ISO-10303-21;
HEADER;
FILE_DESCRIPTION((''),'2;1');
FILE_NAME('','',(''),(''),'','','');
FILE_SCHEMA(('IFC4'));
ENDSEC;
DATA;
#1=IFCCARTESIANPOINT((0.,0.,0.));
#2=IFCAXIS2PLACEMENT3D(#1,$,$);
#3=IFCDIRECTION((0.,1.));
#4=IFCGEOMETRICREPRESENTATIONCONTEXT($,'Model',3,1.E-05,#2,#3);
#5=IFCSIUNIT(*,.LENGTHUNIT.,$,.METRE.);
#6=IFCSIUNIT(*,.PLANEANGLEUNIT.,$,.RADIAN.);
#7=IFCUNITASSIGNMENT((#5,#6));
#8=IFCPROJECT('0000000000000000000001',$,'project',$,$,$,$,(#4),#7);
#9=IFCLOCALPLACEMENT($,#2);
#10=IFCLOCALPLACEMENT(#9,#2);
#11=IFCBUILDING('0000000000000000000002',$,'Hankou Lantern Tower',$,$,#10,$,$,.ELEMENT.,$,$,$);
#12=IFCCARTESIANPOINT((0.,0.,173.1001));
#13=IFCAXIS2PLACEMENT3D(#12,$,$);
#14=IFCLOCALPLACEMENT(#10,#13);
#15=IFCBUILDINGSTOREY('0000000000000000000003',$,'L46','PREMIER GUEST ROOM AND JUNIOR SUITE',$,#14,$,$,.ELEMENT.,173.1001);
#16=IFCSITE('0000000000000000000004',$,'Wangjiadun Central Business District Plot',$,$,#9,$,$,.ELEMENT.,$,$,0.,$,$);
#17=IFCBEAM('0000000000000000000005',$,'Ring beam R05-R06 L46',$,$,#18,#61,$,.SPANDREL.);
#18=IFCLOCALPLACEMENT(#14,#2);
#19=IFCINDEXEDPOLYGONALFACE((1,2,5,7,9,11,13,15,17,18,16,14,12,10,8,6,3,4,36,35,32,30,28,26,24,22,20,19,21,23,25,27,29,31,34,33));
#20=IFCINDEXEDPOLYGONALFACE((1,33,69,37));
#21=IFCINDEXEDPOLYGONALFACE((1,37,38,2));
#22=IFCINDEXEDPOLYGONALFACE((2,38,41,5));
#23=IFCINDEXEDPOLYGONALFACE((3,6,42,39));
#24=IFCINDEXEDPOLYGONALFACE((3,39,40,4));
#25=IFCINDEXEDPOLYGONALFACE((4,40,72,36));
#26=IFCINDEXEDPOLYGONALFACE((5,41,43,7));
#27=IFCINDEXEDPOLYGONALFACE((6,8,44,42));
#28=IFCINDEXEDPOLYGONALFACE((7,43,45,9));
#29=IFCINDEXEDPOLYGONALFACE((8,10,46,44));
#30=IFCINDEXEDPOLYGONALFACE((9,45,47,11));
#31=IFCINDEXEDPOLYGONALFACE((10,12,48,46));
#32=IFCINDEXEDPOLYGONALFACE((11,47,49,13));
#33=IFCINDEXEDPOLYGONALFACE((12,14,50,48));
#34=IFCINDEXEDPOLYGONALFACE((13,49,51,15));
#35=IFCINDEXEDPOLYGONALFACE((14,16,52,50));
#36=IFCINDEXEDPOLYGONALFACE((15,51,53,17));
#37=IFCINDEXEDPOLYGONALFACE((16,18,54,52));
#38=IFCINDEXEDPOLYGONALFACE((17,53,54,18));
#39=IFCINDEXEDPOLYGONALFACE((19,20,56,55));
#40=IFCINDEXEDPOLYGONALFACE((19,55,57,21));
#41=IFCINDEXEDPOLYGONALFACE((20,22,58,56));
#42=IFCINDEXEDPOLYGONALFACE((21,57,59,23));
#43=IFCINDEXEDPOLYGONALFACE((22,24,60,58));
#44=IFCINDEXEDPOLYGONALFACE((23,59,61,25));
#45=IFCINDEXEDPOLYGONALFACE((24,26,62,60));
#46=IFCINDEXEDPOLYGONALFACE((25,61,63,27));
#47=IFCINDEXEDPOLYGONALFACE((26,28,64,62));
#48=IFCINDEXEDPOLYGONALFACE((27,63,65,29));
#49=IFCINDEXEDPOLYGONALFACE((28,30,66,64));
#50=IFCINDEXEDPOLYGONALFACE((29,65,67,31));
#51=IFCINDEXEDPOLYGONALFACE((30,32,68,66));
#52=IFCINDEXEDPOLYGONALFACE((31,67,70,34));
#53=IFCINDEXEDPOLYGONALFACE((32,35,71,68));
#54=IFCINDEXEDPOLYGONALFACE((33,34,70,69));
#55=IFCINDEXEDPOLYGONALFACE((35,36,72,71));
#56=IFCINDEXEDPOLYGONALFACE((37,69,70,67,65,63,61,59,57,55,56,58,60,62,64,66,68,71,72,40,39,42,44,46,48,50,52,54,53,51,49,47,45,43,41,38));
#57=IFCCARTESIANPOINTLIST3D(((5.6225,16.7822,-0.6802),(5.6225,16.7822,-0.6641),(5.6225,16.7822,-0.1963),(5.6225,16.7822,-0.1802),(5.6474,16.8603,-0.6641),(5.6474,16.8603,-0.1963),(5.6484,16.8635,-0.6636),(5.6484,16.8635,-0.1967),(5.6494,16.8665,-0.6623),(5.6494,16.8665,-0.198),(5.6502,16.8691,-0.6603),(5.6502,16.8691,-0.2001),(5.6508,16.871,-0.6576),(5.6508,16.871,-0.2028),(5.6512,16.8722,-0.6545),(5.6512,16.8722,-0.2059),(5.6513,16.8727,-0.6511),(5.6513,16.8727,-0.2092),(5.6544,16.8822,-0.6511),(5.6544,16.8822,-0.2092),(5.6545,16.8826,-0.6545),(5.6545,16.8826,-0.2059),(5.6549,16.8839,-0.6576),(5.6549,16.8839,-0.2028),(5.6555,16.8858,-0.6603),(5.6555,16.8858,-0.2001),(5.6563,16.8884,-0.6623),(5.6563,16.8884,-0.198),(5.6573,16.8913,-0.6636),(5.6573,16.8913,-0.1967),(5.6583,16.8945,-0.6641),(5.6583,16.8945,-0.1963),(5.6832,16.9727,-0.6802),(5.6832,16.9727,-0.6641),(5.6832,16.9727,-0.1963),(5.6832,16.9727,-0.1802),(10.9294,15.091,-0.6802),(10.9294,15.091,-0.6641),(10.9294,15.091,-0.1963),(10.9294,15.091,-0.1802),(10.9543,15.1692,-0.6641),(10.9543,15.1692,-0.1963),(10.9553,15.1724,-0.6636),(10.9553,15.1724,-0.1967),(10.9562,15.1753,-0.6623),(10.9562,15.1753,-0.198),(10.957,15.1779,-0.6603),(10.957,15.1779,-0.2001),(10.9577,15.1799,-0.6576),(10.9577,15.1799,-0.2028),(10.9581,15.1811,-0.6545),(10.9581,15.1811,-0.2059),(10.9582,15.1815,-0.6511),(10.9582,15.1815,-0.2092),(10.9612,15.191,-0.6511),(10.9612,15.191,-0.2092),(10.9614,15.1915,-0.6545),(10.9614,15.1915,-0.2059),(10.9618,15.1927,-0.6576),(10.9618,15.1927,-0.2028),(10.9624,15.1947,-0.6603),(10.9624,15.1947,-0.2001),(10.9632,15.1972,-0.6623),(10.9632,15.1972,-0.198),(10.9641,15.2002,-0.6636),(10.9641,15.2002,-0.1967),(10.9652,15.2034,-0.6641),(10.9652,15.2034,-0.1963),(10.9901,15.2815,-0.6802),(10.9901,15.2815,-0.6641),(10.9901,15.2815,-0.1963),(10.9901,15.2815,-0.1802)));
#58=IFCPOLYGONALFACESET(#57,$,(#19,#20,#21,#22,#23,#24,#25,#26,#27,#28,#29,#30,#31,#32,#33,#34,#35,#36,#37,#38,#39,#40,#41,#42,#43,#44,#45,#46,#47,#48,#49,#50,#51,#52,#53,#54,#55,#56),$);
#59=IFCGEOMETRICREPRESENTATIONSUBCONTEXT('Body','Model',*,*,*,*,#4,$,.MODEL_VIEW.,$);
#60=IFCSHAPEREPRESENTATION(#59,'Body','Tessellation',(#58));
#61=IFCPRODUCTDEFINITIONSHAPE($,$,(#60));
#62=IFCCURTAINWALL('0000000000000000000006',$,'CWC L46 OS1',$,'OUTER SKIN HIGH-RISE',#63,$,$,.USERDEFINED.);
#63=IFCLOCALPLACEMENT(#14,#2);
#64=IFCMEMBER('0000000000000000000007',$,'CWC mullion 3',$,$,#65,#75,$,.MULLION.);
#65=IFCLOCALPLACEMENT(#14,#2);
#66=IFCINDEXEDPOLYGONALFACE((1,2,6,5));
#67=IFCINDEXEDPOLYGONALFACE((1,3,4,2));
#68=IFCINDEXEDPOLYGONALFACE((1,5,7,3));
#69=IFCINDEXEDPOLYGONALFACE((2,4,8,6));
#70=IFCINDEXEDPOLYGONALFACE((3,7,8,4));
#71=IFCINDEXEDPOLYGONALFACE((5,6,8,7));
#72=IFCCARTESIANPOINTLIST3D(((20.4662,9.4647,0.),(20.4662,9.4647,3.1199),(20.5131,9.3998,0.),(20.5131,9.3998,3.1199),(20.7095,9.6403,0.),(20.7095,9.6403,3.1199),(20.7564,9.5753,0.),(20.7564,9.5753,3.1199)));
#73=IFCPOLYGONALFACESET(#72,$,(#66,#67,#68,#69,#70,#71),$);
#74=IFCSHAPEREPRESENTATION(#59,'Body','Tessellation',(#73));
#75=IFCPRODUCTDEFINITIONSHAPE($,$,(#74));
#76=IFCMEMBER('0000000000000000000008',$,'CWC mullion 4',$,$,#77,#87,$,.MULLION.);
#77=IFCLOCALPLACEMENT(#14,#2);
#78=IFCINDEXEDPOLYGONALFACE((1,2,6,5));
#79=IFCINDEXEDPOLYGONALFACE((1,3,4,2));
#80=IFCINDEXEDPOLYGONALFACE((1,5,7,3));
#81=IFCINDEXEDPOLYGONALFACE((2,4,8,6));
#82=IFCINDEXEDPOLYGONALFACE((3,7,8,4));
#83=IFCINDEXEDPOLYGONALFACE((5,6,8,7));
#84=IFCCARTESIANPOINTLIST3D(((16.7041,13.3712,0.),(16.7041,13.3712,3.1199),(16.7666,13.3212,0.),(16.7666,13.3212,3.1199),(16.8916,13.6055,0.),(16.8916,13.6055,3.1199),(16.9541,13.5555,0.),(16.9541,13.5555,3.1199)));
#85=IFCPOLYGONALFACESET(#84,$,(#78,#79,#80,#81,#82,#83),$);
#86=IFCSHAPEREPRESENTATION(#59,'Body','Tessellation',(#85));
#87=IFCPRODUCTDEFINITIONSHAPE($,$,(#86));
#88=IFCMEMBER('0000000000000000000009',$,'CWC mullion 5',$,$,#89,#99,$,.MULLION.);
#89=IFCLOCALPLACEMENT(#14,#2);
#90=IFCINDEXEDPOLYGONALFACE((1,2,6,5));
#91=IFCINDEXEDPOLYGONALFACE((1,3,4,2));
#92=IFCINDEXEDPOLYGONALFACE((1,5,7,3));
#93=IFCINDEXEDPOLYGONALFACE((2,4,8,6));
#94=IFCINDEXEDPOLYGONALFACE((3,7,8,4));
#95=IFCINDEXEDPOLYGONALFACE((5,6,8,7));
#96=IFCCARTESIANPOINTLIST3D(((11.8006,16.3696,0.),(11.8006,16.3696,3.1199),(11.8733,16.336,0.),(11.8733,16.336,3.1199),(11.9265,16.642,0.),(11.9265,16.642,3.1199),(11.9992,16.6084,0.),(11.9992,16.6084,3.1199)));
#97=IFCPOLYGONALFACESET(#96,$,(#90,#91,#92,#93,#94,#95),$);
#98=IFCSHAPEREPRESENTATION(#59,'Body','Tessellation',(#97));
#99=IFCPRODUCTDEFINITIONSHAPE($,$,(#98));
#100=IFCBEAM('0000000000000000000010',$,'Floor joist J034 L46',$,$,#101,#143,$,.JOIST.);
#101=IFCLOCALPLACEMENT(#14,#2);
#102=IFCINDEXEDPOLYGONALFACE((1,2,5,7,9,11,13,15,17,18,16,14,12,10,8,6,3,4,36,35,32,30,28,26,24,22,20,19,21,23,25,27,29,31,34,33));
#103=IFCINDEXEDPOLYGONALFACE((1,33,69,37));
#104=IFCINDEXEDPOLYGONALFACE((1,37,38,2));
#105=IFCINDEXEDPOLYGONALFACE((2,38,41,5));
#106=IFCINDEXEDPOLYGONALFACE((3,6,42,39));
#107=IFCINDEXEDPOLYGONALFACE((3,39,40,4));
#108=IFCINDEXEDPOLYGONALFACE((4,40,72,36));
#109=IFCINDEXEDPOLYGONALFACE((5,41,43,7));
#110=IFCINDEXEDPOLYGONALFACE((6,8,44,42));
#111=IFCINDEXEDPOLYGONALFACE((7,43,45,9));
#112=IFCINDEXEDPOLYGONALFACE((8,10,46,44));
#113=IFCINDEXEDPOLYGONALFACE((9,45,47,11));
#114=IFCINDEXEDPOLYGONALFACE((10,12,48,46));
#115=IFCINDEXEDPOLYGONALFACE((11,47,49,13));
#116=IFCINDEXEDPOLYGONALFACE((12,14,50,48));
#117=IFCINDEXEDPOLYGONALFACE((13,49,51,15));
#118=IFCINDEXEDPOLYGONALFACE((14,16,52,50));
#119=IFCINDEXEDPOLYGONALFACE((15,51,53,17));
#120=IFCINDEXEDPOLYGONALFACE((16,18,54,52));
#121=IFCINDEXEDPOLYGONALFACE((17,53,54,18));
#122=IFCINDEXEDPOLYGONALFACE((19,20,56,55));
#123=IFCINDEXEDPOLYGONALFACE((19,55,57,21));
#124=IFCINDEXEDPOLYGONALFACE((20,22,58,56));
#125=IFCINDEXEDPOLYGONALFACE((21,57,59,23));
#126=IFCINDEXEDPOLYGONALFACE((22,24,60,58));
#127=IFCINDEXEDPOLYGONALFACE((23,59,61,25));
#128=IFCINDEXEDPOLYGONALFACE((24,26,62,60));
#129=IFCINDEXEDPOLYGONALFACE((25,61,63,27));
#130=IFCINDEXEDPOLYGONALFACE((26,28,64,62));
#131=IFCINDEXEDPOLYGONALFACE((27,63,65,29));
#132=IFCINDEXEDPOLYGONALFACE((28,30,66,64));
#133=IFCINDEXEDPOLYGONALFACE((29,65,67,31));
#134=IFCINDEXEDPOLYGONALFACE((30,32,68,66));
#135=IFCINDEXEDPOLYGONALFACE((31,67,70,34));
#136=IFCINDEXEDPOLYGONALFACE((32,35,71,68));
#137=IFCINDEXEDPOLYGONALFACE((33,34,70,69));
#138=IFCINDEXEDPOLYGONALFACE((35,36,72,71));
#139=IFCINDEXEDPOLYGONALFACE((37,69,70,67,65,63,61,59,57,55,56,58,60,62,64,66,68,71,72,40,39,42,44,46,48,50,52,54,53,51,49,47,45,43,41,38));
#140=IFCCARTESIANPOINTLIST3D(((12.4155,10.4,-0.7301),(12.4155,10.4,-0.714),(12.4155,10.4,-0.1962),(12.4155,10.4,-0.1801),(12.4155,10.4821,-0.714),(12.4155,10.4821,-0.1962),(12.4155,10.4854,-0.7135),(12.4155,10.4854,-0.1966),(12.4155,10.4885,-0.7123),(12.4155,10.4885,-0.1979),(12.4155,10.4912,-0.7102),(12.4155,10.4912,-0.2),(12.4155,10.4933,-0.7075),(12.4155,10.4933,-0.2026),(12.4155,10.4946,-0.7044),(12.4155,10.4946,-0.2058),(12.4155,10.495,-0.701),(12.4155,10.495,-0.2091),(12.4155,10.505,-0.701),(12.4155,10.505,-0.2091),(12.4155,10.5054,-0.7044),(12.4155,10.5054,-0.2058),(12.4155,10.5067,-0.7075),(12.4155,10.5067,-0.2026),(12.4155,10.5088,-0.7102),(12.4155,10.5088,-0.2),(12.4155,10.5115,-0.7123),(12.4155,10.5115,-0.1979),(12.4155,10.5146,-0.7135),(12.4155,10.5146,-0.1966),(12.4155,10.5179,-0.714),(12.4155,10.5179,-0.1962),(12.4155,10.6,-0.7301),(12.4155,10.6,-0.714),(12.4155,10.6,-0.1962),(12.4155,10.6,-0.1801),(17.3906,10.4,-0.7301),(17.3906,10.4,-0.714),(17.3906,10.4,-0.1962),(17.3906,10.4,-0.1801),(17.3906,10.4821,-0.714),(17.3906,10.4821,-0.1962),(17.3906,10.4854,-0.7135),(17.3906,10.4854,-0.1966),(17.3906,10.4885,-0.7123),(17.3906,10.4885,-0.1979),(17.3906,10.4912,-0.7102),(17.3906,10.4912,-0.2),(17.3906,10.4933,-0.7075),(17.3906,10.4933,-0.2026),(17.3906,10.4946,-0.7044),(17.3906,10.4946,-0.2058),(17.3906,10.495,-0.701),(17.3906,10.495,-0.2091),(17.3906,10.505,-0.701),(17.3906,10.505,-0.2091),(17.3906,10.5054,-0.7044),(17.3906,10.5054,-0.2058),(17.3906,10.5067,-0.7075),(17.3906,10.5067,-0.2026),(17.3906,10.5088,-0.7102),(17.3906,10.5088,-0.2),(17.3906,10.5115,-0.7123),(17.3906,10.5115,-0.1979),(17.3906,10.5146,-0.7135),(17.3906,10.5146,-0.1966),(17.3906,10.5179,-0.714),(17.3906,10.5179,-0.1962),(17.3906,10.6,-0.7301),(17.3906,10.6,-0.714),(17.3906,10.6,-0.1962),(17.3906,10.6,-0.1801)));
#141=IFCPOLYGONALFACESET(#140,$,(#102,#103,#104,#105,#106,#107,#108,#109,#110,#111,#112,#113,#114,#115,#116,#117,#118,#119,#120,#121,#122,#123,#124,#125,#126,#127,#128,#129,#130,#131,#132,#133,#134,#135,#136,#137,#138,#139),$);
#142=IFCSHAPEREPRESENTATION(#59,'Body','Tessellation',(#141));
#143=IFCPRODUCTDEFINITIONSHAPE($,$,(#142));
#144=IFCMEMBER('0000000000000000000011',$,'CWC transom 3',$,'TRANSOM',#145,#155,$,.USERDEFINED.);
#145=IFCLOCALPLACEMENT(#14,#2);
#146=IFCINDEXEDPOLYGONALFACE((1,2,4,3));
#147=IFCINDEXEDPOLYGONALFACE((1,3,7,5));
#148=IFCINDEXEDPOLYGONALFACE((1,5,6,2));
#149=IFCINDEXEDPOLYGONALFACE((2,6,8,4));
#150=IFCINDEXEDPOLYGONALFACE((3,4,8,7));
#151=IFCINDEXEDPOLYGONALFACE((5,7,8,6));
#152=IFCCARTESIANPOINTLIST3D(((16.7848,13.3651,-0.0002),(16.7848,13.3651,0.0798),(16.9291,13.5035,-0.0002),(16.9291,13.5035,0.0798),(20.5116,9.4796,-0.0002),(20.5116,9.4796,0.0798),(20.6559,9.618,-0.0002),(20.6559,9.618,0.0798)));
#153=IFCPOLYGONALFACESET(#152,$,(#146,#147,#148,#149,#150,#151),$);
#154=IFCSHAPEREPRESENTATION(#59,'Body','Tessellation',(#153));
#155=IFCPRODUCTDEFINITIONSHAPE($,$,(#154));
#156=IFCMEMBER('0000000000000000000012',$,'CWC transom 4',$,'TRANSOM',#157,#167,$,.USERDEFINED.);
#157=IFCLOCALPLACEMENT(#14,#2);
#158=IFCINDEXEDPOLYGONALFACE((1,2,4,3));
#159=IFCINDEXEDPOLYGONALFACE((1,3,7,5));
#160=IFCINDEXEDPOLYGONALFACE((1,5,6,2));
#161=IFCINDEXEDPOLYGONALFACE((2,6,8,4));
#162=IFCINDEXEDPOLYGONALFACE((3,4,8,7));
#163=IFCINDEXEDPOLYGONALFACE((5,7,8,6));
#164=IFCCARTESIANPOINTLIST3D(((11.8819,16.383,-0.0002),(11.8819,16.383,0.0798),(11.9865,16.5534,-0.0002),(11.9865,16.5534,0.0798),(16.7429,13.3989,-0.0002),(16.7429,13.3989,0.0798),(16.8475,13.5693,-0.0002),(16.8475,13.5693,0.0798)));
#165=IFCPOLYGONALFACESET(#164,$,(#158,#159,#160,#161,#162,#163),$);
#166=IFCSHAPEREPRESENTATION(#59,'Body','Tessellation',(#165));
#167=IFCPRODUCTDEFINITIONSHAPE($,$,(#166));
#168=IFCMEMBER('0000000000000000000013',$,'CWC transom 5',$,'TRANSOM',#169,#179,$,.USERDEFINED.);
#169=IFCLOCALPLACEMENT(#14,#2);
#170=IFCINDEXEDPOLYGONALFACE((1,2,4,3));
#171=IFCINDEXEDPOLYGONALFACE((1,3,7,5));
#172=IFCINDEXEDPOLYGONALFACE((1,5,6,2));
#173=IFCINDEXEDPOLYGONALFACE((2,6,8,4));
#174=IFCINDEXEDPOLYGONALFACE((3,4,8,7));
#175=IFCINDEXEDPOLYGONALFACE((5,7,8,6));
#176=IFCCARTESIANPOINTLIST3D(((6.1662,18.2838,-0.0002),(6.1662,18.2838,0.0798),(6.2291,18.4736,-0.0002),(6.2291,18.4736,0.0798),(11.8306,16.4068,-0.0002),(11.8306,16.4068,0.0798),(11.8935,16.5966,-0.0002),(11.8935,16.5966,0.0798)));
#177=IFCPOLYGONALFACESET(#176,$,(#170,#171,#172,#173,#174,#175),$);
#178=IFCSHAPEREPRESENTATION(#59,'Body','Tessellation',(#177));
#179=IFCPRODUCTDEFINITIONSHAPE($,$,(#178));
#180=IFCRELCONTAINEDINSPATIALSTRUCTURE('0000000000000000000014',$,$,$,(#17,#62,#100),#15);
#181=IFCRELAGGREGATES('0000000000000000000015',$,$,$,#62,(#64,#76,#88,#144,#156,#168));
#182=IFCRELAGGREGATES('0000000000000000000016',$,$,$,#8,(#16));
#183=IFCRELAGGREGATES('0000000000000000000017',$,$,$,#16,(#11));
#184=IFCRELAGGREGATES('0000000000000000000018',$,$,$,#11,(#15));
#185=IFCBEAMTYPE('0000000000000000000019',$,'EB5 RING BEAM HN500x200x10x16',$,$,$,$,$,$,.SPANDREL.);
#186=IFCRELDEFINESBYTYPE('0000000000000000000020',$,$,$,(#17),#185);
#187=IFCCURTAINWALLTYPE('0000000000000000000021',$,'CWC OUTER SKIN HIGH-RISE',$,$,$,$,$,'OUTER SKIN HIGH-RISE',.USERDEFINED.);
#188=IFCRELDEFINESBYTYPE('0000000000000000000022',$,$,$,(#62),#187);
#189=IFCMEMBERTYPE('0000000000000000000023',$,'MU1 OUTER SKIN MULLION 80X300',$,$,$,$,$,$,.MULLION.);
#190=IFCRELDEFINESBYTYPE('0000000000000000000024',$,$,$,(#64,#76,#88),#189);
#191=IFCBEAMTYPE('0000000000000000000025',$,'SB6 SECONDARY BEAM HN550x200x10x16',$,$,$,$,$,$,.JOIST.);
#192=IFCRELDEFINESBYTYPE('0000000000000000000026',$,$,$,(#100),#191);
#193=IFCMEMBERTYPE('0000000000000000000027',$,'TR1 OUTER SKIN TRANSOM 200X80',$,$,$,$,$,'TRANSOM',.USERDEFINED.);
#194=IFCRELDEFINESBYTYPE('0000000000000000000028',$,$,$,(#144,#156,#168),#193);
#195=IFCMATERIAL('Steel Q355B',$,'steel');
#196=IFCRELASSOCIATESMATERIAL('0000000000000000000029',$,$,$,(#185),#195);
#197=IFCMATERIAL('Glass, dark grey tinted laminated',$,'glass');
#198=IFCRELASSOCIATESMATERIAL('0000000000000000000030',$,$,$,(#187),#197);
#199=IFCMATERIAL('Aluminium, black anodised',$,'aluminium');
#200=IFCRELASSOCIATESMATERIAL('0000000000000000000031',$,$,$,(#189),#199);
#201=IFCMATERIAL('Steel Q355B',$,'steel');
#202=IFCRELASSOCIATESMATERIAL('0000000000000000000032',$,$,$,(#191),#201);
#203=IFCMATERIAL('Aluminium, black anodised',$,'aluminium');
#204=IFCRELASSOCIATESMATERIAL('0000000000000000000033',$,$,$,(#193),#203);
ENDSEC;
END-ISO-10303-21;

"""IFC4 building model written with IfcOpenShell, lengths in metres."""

from ifc_helpers import new_model, si_unit, direction, frame, origin, origin_2d, place, context, subcontext, project, spatial, rectangle, i_section, extrude, material, material_profile, profile_set, type_object, element, aggregate, save


model = new_model("IFC4")

# Units and contexts
model_context = context("Model", 3, precision=1e-05, world=origin(), true_north=direction((0.0, 1.0)))
body_context = subcontext(model_context, "Body", "Model", "MODEL_VIEW")
ifc_project = project(units=[si_unit("LENGTHUNIT", "METRE"), si_unit("PLANEANGLEUNIT", "RADIAN")], contexts=[model_context])

# Site, building, storey
site_placement = place(None, origin())
site = spatial("IfcSite", under=ifc_project, at=site_placement, Name="Wangjiadun Central Business District Plot", CompositionType="ELEMENT", RefElevation=0.0)
building_placement = place(site_placement, origin())
building = spatial("IfcBuilding", under=site, at=building_placement, Name="Hankou Lantern Tower", CompositionType="ELEMENT")
storey_placement = place(building_placement, frame((0.0, 0.0, 173.1001)))
storey = spatial("IfcBuildingStorey", under=building, at=storey_placement, Name="L46", Description="PREMIER GUEST ROOM AND JUNIOR SUITE", CompositionType="ELEMENT", Elevation=173.1001)

# Beam
ifc_material_1 = material(Name="Steel Q355B", Category="steel")
ifc_material_profile_1 = material_profile(ifc_material_1, i_section(OverallWidth=0.2, OverallDepth=0.5, WebThickness=0.01, FlangeThickness=0.0161, FilletRadius=0.0129, at=origin_2d()), Name="HN500x200x10x16")
ifc_profile_set_1 = profile_set([ifc_material_profile_1], Name="Steel Q355B")
beam_type_1 = type_object("IfcBeamType", Name="EB5 RING BEAM HN500x200x10x16", PredefinedType="SPANDREL", material=ifc_profile_set_1)
beam_1_placement = place(storey_placement, frame((10.9597, 15.1863, -0.4302), z_axis=(-0.95279, 0.303629, 0.0), x_axis=(-0.303629, -0.95279, 0.0)))
element("IfcBeam", 1, at=beam_1_placement, inside=storey, type_object=beam_type_1, Name="Ring beam R05-R06 L46", PredefinedType="SPANDREL", context=body_context, shape_type="SweptSolid", body=[
    extrude(i_section(OverallWidth=0.2, OverallDepth=0.5, WebThickness=0.01, FlangeThickness=0.0161, FilletRadius=0.0129, at=origin_2d()), origin(), (0.0, 0.0, 1.0), 5.5698),
])

# Curtain wall, members
ifc_material_2 = material(Name="Glass, dark grey tinted laminated", Category="glass")
curtain_wall_type = type_object("IfcCurtainWallType", Name="CWC OUTER SKIN HIGH-RISE", ElementType="OUTER SKIN HIGH-RISE", PredefinedType="USERDEFINED", material=ifc_material_2)
curtain_wall_placement = place(storey_placement, origin())
curtain_wall = element("IfcCurtainWall", 2, at=curtain_wall_placement, inside=storey, type_object=curtain_wall_type, Name="CWC L46 OS1", ObjectType="OUTER SKIN HIGH-RISE", PredefinedType="USERDEFINED")
ifc_material_3 = material(Name="Aluminium, black anodised", Category="aluminium")
ifc_material_profile_2 = material_profile(ifc_material_3, rectangle(XDim=0.0801, YDim=0.3, at=origin_2d()), Name="MU1 80X300")
ifc_profile_set_2 = profile_set([ifc_material_profile_2], Name="Aluminium, black anodised")
member_type_1 = type_object("IfcMemberType", Name="MU1 OUTER SKIN MULLION 80X300", PredefinedType="MULLION", material=ifc_profile_set_2)
member_1_placement = place(storey_placement, frame((20.6113, 9.52, 0.0), z_axis=(0.0, 0.0, 1.0), x_axis=(-0.585206, 0.810885, 0.0)))
member_1 = element("IfcMember", 3, at=member_1_placement, type_object=member_type_1, Name="CWC mullion 3", PredefinedType="MULLION", context=body_context, shape_type="SweptSolid", body=[
    extrude(rectangle(XDim=0.0801, YDim=0.3, at=origin_2d()), origin(), (0.0, 0.0, 1.0), 3.1199),
])
member_2_placement = place(storey_placement, frame((16.8291, 13.4634, 0.0), z_axis=(0.0, 0.0, 1.0), x_axis=(-0.780869, 0.624695, 0.0)))
member_2 = element("IfcMember", 4, at=member_2_placement, type_object=member_type_1, Name="CWC mullion 4", PredefinedType="MULLION", context=body_context, shape_type="SweptSolid", body=[
    extrude(rectangle(XDim=0.0801, YDim=0.3, at=origin_2d()), origin(), (0.0, 0.0, 1.0), 3.1199),
])
member_3_placement = place(storey_placement, frame((11.8999, 16.489, 0.0), z_axis=(0.0, 0.0, 1.0), x_axis=(-0.907841, 0.419314, 0.0)))
member_3 = element("IfcMember", 5, at=member_3_placement, type_object=member_type_1, Name="CWC mullion 5", PredefinedType="MULLION", context=body_context, shape_type="SweptSolid", body=[
    extrude(rectangle(XDim=0.0801, YDim=0.3, at=origin_2d()), origin(), (0.0, 0.0, 1.0), 3.1199),
])

# Beam
ifc_material_4 = material(Name="Steel Q355B", Category="steel")
ifc_material_profile_3 = material_profile(ifc_material_4, i_section(OverallWidth=0.2, OverallDepth=0.55, WebThickness=0.01, FlangeThickness=0.0161, FilletRadius=0.0129, at=origin_2d()), Name="HN550x200x10x16")
ifc_profile_set_3 = profile_set([ifc_material_profile_3], Name="Steel Q355B")
beam_type_2 = type_object("IfcBeamType", Name="SB6 SECONDARY BEAM HN550x200x10x16", PredefinedType="JOIST", material=ifc_profile_set_3)
beam_2_placement = place(storey_placement, frame((12.4155, 10.5, -0.4551), z_axis=(1.0, 0.0, 0.0), x_axis=(0.0, 1.0, 0.0)))
element("IfcBeam", 6, at=beam_2_placement, inside=storey, type_object=beam_type_2, Name="Floor joist J034 L46", PredefinedType="JOIST", context=body_context, shape_type="SweptSolid", body=[
    extrude(i_section(OverallWidth=0.2, OverallDepth=0.55, WebThickness=0.01, FlangeThickness=0.0161, FilletRadius=0.0129, at=origin_2d()), origin(), (0.0, 0.0, 1.0), 4.9751),
])

# Members
ifc_material_5 = material(Name="Aluminium, black anodised", Category="aluminium")
ifc_material_profile_4 = material_profile(ifc_material_5, rectangle(XDim=0.2, YDim=0.0801, at=origin_2d()), Name="TR1 200X80")
ifc_profile_set_4 = profile_set([ifc_material_profile_4], Name="Aluminium, black anodised")
member_type_2 = type_object("IfcMemberType", Name="TR1 OUTER SKIN TRANSOM 200X80", ElementType="TRANSOM", PredefinedType="USERDEFINED", material=ifc_profile_set_4)
member_4_placement = place(storey_placement, frame((20.5837, 9.5488, 0.0398), z_axis=(-0.692216, 0.721691, 0.0), x_axis=(-0.721691, -0.692216, 0.0)))
member_4 = element("IfcMember", 7, at=member_4_placement, type_object=member_type_2, Name="CWC transom 3", ObjectType="TRANSOM", PredefinedType="USERDEFINED", context=body_context, shape_type="SweptSolid", body=[
    extrude(rectangle(XDim=0.2, YDim=0.0801, at=origin_2d()), origin(), (0.0, 0.0, 1.0), 5.3838),
])
member_5_placement = place(storey_placement, frame((16.7952, 13.4841, 0.0398), z_axis=(-0.852229, 0.523168, 0.0), x_axis=(-0.523168, -0.852229, 0.0)))
member_5 = element("IfcMember", 8, at=member_5_placement, type_object=member_type_2, Name="CWC transom 4", ObjectType="TRANSOM", PredefinedType="USERDEFINED", context=body_context, shape_type="SweptSolid", body=[
    extrude(rectangle(XDim=0.2, YDim=0.0801, at=origin_2d()), origin(), (0.0, 0.0, 1.0), 5.7039),
])
member_6_placement = place(storey_placement, frame((11.8621, 16.5017, 0.0398), z_axis=(-0.949242, 0.314546, 0.0), x_axis=(-0.314546, -0.949242, 0.0)))
member_6 = element("IfcMember", 9, at=member_6_placement, type_object=member_type_2, Name="CWC transom 5", ObjectType="TRANSOM", PredefinedType="USERDEFINED", context=body_context, shape_type="SweptSolid", body=[
    extrude(rectangle(XDim=0.2, YDim=0.0801, at=origin_2d()), origin(), (0.0, 0.0, 1.0), 5.9673),
])

aggregate(curtain_wall, [member_1, member_2, member_3, member_4, member_5, member_6])

save(model, "model.ifc")
